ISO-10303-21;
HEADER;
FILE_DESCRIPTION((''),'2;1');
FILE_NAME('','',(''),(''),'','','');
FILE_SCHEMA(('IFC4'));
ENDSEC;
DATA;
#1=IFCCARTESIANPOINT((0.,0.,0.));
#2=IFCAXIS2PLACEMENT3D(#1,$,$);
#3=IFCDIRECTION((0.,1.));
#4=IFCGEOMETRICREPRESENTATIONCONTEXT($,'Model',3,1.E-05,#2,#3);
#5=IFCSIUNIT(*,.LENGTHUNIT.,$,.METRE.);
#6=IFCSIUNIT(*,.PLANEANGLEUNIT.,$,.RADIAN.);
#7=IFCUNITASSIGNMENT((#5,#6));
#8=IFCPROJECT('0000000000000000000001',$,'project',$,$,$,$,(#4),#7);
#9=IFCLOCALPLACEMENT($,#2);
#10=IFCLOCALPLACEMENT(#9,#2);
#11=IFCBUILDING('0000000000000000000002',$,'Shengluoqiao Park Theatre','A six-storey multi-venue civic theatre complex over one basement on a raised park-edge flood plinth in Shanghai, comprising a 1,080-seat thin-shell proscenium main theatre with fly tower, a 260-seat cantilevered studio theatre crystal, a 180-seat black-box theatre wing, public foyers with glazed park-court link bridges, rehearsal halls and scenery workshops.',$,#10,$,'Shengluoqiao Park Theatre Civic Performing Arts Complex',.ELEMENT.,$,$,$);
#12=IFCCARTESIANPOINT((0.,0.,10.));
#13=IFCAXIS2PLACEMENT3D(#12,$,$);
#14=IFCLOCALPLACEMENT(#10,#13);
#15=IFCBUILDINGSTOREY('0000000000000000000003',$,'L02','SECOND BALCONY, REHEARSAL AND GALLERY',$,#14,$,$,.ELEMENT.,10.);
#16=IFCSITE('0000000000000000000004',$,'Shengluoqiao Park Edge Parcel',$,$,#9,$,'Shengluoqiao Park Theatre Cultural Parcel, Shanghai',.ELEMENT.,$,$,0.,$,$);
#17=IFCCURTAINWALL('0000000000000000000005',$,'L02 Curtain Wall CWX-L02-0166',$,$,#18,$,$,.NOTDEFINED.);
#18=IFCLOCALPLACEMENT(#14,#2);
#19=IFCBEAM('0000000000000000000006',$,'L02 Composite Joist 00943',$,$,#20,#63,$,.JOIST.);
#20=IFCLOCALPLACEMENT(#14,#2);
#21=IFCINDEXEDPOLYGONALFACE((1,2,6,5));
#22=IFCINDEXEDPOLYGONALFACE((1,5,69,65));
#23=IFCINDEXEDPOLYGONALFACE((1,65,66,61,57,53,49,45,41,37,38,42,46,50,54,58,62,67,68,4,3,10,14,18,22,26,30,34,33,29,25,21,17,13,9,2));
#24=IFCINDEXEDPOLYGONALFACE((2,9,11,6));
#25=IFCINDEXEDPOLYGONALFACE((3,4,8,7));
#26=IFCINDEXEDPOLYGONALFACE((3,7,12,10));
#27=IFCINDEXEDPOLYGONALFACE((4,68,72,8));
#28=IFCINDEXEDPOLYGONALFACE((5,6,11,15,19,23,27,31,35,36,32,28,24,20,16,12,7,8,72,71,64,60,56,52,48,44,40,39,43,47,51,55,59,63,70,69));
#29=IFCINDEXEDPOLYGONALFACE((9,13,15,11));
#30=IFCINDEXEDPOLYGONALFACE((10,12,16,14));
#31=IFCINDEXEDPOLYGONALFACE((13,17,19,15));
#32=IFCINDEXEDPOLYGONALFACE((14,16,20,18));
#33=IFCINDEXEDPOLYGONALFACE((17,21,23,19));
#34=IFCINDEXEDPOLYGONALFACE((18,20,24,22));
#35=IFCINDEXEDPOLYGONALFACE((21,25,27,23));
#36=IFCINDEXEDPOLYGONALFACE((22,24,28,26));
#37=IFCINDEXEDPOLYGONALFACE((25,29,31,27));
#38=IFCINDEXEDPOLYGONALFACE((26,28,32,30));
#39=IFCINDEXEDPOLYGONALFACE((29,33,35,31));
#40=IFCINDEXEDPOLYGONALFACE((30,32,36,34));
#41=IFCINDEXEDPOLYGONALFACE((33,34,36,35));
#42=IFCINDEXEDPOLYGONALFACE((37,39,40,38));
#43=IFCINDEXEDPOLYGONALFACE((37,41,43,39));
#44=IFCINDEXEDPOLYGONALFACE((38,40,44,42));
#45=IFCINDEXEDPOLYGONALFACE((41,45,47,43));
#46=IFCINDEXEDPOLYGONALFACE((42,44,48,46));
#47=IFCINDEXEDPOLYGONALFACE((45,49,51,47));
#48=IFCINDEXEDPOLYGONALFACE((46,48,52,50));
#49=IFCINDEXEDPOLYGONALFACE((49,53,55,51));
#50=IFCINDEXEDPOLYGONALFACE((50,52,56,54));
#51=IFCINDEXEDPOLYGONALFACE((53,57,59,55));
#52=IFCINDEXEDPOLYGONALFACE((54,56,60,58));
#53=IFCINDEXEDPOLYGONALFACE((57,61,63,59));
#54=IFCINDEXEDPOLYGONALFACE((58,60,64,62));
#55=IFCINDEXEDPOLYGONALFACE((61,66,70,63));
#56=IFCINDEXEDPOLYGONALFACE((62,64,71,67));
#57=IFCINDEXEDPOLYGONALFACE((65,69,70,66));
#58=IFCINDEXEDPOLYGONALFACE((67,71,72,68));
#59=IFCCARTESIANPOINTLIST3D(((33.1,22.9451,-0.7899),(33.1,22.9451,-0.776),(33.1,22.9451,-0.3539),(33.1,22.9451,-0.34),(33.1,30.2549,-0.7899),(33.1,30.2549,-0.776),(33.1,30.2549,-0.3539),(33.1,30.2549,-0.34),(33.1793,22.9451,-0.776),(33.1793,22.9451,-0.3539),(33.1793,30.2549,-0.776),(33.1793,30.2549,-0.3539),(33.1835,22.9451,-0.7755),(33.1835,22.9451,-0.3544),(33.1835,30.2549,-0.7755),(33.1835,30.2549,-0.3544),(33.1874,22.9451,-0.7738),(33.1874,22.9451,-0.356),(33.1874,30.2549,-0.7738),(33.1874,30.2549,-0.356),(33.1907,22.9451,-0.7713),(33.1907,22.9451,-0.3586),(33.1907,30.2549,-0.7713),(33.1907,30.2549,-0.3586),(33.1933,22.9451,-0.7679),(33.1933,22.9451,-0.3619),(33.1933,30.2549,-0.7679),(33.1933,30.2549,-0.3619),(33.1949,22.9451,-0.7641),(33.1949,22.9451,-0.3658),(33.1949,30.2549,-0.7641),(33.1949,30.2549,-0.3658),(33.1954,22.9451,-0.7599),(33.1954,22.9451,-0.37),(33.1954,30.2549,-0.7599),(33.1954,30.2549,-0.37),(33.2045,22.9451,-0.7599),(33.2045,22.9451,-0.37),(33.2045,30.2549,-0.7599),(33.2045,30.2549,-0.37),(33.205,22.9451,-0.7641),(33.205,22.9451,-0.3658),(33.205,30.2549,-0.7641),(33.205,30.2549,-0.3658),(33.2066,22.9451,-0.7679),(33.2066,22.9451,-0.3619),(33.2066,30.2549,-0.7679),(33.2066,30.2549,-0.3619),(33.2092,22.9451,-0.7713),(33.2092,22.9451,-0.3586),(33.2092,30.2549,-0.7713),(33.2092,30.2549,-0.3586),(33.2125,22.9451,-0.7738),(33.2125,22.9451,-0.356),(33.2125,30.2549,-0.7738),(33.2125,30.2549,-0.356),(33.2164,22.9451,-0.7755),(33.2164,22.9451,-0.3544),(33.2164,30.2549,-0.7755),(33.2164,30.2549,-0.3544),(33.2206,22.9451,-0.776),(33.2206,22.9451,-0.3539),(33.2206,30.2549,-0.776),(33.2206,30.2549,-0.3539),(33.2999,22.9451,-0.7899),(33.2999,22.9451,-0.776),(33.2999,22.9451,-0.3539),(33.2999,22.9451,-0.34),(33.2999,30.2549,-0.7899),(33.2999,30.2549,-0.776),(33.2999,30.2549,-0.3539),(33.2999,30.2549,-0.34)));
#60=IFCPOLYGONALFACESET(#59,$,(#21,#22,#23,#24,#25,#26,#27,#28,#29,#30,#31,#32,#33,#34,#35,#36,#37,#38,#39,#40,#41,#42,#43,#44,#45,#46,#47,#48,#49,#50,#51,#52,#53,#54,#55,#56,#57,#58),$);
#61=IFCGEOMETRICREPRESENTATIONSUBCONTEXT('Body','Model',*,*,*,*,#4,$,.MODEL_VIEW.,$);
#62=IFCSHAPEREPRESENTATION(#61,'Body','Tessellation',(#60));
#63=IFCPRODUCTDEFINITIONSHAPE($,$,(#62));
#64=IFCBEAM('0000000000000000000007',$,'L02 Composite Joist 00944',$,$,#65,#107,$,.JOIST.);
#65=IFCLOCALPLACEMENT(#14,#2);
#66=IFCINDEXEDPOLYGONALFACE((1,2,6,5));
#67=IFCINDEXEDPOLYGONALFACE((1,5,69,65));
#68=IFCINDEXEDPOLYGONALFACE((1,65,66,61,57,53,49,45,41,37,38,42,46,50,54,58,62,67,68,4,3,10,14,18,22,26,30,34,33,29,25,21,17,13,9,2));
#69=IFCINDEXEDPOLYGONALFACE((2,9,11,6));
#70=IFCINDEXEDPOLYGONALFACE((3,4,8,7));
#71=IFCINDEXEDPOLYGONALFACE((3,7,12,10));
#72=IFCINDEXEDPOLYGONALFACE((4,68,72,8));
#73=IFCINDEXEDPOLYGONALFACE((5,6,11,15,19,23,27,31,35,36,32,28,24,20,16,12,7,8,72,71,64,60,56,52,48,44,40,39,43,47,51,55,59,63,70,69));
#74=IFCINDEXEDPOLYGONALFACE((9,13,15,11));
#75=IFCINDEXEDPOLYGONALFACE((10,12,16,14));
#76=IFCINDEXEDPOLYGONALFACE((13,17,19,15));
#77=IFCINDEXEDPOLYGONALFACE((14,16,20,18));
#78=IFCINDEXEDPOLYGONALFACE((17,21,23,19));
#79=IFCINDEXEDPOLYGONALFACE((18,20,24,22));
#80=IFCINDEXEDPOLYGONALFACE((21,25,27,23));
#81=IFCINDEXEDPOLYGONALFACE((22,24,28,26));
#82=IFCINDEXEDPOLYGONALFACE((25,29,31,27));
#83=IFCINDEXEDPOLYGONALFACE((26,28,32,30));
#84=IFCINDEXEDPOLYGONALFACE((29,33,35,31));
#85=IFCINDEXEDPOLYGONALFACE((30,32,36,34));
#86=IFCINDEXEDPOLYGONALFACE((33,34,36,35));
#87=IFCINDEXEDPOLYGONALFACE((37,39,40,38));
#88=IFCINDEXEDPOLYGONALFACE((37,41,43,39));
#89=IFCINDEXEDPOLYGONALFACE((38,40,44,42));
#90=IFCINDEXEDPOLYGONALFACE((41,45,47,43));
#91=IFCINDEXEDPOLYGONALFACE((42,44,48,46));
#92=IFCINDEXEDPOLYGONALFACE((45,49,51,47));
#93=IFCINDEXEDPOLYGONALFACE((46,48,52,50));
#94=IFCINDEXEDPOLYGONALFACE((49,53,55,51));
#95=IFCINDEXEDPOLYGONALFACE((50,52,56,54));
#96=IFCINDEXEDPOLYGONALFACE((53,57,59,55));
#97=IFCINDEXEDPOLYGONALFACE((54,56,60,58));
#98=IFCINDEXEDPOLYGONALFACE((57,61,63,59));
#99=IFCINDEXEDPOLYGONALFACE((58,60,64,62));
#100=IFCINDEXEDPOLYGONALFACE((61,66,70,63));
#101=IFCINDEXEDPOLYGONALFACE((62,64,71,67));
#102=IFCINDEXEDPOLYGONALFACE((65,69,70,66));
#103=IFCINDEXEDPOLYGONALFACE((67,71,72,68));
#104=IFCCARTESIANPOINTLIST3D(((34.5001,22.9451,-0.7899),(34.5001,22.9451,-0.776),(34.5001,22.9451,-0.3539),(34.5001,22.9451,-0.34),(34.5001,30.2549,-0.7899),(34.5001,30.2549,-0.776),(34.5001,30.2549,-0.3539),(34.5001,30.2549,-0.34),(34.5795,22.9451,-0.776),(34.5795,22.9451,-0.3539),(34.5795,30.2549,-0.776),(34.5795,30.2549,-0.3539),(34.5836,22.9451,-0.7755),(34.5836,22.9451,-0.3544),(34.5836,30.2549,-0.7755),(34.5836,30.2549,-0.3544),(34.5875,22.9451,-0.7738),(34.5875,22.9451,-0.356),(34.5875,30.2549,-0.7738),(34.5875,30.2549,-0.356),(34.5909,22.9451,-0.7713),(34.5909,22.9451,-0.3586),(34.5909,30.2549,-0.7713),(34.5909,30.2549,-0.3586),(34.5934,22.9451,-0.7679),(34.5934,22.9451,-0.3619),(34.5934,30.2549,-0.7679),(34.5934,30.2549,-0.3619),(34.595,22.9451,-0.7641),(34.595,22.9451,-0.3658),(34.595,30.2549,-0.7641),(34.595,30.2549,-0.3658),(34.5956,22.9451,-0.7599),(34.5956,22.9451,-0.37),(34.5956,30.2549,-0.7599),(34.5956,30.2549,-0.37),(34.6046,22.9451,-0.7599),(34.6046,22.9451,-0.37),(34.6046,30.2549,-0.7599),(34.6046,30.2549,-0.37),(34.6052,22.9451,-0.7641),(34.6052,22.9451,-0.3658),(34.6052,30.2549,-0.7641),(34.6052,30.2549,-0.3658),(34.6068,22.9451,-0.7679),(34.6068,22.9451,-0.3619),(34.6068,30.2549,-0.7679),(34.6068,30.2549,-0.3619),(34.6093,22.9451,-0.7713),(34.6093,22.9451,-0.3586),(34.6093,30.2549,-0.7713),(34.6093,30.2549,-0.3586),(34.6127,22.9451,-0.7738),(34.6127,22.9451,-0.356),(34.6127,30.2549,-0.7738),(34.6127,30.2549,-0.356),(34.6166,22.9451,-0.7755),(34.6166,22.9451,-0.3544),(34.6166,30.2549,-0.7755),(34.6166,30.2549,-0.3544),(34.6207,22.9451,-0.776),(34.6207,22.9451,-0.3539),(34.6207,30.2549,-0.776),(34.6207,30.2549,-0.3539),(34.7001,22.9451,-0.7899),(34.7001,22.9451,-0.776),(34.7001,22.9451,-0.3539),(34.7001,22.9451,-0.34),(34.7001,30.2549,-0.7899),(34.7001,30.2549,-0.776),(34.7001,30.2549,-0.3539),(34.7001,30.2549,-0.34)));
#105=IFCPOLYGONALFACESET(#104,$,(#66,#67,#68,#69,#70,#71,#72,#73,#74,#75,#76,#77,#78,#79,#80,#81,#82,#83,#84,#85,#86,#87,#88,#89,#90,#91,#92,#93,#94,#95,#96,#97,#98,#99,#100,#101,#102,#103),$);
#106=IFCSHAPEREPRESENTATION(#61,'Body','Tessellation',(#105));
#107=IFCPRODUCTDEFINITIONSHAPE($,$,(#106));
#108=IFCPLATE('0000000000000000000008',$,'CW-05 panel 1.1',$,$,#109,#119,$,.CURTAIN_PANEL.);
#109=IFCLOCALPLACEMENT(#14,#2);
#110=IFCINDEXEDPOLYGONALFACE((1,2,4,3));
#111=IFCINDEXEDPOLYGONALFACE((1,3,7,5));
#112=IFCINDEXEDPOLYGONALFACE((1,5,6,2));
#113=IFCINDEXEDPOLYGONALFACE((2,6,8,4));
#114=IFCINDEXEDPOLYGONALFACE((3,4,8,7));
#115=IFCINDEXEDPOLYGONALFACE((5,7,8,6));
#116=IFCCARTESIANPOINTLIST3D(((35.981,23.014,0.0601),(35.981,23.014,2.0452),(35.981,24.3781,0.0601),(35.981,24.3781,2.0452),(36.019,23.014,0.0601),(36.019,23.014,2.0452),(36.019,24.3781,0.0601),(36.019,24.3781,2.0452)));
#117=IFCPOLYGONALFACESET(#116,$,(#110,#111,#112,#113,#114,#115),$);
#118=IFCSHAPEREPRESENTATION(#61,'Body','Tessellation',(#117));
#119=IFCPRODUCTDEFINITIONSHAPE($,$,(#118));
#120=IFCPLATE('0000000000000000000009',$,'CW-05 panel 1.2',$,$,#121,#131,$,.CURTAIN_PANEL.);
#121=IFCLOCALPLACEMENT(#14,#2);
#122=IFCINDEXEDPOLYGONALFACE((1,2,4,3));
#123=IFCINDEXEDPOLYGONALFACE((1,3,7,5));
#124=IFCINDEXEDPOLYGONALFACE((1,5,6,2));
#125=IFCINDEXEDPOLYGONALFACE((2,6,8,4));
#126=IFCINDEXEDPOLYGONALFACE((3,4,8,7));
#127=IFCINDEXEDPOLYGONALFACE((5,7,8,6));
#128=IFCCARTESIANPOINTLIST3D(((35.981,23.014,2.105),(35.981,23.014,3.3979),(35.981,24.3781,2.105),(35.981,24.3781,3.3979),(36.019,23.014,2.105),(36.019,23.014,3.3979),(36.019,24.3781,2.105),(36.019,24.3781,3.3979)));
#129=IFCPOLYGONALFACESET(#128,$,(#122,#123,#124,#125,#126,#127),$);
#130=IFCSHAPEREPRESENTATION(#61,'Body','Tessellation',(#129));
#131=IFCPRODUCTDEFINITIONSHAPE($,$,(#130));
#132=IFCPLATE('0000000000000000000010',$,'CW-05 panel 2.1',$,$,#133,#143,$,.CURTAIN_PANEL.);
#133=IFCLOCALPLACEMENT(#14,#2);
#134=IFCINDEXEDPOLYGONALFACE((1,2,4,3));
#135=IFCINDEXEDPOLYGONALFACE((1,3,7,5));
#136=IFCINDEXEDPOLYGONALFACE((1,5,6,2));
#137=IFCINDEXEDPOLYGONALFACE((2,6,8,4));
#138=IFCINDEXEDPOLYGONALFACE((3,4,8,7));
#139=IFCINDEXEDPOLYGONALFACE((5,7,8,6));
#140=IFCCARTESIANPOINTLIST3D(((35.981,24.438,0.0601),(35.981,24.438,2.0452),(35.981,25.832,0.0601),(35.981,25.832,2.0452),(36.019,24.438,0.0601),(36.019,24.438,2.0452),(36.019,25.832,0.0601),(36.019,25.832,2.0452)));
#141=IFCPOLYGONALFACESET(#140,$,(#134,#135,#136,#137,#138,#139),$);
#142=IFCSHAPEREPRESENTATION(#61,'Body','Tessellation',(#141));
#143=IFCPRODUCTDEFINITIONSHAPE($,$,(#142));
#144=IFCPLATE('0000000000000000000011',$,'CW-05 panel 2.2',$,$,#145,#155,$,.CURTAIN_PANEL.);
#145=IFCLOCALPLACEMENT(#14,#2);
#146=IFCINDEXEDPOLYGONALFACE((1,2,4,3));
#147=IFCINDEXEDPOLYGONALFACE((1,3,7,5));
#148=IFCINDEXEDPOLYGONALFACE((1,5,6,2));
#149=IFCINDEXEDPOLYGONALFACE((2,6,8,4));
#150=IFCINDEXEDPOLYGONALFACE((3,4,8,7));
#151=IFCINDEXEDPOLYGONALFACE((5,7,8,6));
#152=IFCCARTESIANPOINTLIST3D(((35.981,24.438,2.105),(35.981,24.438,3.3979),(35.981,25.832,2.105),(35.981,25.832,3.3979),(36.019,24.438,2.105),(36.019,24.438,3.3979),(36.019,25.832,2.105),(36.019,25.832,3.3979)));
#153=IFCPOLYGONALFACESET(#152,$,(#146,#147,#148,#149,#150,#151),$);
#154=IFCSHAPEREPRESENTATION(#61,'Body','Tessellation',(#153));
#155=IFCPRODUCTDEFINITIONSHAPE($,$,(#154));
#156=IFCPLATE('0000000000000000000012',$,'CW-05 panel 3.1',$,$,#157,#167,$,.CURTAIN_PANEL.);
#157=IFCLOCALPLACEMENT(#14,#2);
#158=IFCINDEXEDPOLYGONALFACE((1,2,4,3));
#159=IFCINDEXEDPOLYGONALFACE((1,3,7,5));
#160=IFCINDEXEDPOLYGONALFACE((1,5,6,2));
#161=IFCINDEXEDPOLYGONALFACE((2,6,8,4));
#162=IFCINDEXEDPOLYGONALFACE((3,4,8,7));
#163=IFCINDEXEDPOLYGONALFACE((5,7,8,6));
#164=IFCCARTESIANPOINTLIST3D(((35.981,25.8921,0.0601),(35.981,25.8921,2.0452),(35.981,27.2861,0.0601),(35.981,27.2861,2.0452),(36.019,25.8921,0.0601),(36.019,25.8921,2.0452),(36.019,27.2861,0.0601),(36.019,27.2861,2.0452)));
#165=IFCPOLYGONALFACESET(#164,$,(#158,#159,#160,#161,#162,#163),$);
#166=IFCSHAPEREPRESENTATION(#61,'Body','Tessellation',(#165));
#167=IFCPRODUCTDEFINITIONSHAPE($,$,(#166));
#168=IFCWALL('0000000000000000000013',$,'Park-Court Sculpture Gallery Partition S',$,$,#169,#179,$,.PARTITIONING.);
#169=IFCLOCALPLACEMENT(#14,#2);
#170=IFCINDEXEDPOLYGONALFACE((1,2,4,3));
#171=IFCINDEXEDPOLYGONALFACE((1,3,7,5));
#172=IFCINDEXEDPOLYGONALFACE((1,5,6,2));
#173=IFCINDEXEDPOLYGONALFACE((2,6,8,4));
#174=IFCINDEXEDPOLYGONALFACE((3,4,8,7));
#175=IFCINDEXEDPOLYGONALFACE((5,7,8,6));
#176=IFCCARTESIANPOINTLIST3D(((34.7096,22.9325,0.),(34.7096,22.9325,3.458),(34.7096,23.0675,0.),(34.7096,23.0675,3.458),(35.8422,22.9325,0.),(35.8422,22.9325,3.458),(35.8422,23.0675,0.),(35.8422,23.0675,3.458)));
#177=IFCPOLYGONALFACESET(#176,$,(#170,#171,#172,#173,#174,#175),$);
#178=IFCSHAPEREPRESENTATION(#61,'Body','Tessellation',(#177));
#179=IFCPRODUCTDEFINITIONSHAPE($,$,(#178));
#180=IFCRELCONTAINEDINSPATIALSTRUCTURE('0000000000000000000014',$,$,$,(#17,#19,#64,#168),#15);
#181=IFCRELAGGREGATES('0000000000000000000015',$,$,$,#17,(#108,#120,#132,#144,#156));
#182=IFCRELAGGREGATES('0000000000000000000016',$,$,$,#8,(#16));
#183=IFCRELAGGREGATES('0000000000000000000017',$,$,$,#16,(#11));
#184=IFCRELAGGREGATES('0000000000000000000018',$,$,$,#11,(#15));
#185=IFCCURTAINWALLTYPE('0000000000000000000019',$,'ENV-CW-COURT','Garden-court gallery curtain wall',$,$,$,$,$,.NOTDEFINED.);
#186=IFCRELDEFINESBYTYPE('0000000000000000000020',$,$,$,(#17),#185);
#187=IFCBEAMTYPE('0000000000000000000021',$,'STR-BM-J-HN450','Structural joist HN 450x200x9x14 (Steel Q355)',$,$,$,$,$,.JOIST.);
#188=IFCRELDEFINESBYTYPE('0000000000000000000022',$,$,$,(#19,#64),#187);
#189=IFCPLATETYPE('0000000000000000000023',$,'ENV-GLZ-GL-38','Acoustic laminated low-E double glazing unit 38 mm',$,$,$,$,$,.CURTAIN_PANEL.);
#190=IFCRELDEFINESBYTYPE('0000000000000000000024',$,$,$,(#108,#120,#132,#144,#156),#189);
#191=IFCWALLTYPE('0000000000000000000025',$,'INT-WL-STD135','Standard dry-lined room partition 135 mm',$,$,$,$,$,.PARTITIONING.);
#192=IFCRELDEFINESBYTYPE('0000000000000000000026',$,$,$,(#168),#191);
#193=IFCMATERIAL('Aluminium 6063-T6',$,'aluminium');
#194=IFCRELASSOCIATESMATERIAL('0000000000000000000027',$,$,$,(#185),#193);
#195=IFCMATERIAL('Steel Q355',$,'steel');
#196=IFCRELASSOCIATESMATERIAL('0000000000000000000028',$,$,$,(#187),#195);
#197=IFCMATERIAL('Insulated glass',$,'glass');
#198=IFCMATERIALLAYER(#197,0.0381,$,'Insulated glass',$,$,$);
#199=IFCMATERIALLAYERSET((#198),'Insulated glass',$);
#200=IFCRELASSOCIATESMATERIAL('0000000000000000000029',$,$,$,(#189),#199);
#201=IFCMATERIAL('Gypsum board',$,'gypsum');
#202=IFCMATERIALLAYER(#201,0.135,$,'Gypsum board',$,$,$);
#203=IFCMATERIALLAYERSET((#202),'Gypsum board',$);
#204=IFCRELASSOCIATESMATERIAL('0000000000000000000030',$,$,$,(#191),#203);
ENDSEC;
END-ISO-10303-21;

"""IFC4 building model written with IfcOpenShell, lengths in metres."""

from ifc_helpers import new_model, si_unit, direction, frame, frame_2d, origin, origin_2d, place, context, subcontext, project, spatial, rectangle, i_section, extrude, material, layer, layer_set, material_profile, profile_set, type_object, element, aggregate, save


model = new_model("IFC4")

# Units and contexts
model_context = context("Model", 3, precision=1e-05, world=origin(), true_north=direction((0.0, 1.0)))
body_context = subcontext(model_context, "Body", "Model", "MODEL_VIEW")
ifc_project = project(units=[si_unit("LENGTHUNIT", "METRE"), si_unit("PLANEANGLEUNIT", "RADIAN")], contexts=[model_context])

# Site, building, storey
site_placement = place(None, origin())
site = spatial("IfcSite", under=ifc_project, at=site_placement, Name="Shengluoqiao Park Edge Parcel", LongName="Shengluoqiao Park Theatre Cultural Parcel, Shanghai", CompositionType="ELEMENT", RefElevation=0.0)
building_placement = place(site_placement, origin())
building = spatial("IfcBuilding", under=site, at=building_placement, Name="Shengluoqiao Park Theatre", Description="A six-storey multi-venue civic theatre complex over one basement on a raised park-edge flood plinth in Shanghai, comprising a 1,080-seat thin-shell proscenium main theatre with fly tower, a 260-seat cantilevered studio theatre crystal, a 180-seat black-box theatre wing, public foyers with glazed park-court link bridges, rehearsal halls and scenery workshops.", LongName="Shengluoqiao Park Theatre Civic Performing Arts Complex", CompositionType="ELEMENT")
storey_placement = place(building_placement, frame((0.0, 0.0, 10.0)))
storey = spatial("IfcBuildingStorey", under=building, at=storey_placement, Name="L02", Description="SECOND BALCONY, REHEARSAL AND GALLERY", CompositionType="ELEMENT", Elevation=10.0)

# Shared definitions
ifc_material_1 = material(Name="Aluminium 6063-T6", Category="aluminium")

# Curtain wall
curtain_wall_type_1 = type_object("IfcCurtainWallType", Name="ENV-CW-COURT", Description="Garden-court gallery curtain wall", PredefinedType="NOTDEFINED", material=ifc_material_1)
curtain_wall_1_placement = place(storey_placement, origin())
curtain_wall_1 = element("IfcCurtainWall", 1, at=curtain_wall_1_placement, inside=storey, type_object=curtain_wall_type_1, Name="L02 Curtain Wall CWX-L02-0166", PredefinedType="NOTDEFINED")

# Beams
ifc_material_2 = material(Name="Steel Q355", Category="steel")
ifc_material_profile_1 = material_profile(ifc_material_2, i_section(OverallWidth=0.2, OverallDepth=0.45, WebThickness=0.009, FlangeThickness=0.0139, FilletRadius=0.0161, at=origin_2d()), Name="HN 450x200x9x14")
ifc_profile_set_1 = profile_set([ifc_material_profile_1], Name="Steel Q355")
beam_type_1 = type_object("IfcBeamType", Name="STR-BM-J-HN450", Description="Structural joist HN 450x200x9x14 (Steel Q355)", PredefinedType="JOIST", material=ifc_profile_set_1)
for number, where, z_axis, x_axis, name in (
    (2, (33.2, 22.9451, -0.5649), (0.0, 1.0, 0.0), (-1.0, 0.0, 0.0), "L02 Composite Joist 00943"),
    (3, (34.6001, 22.9451, -0.5649), (0.0, 1.0, 0.0), (-1.0, 0.0, 0.0), "L02 Composite Joist 00944"),
):
    element("IfcBeam", number, at=place(storey_placement, frame(where, z_axis=z_axis, x_axis=x_axis)), inside=storey, type_object=beam_type_1, Name=name, PredefinedType="JOIST", context=body_context, shape_type="SweptSolid", body=[
        extrude(i_section(OverallWidth=0.2, OverallDepth=0.45, WebThickness=0.009, FlangeThickness=0.0139, FilletRadius=0.0161, at=origin_2d()), origin(), (0.0, 0.0, 1.0), 7.3098),
    ])

# Plates
ifc_material_3 = material(Name="Insulated glass", Category="glass")
ifc_layer_1 = layer(ifc_material_3, 0.0381, Name="Insulated glass")
ifc_layer_set_1 = layer_set([ifc_layer_1], Name="Insulated glass")
plate_type = type_object("IfcPlateType", Name="ENV-GLZ-GL-38", Description="Acoustic laminated low-E double glazing unit 38 mm", PredefinedType="CURTAIN_PANEL", material=ifc_layer_set_1)
plate_1_placement = place(storey_placement, frame((36.0, 23.696, 0.0601), z_axis=(0.0, 0.0, 1.0), x_axis=(0.0, 1.0, 0.0)))
plate_1 = element("IfcPlate", 4, at=plate_1_placement, type_object=plate_type, Name="CW-05 panel 1.1", PredefinedType="CURTAIN_PANEL", context=body_context, shape_type="SweptSolid", body=[
    extrude(rectangle(XDim=1.364, YDim=0.0381, at=origin_2d()), origin(), (0.0, 0.0, 1.0), 1.9851),
])
plate_2_placement = place(storey_placement, frame((36.0, 23.696, 2.105), z_axis=(0.0, 0.0, 1.0), x_axis=(0.0, 1.0, 0.0)))
plate_2 = element("IfcPlate", 5, at=plate_2_placement, type_object=plate_type, Name="CW-05 panel 1.2", PredefinedType="CURTAIN_PANEL", context=body_context, shape_type="SweptSolid", body=[
    extrude(rectangle(XDim=1.364, YDim=0.0381, at=origin_2d()), origin(), (0.0, 0.0, 1.0), 1.293),
])
plate_3_placement = place(storey_placement, frame((36.0, 25.135, 0.0601), z_axis=(0.0, 0.0, 1.0), x_axis=(0.0, 1.0, 0.0)))
plate_3 = element("IfcPlate", 6, at=plate_3_placement, type_object=plate_type, Name="CW-05 panel 2.1", PredefinedType="CURTAIN_PANEL", context=body_context, shape_type="SweptSolid", body=[
    extrude(rectangle(XDim=1.394, YDim=0.0381, at=origin_2d()), origin(), (0.0, 0.0, 1.0), 1.9851),
])
plate_4_placement = place(storey_placement, frame((36.0, 25.135, 2.105), z_axis=(0.0, 0.0, 1.0), x_axis=(0.0, 1.0, 0.0)))
plate_4 = element("IfcPlate", 7, at=plate_4_placement, type_object=plate_type, Name="CW-05 panel 2.2", PredefinedType="CURTAIN_PANEL", context=body_context, shape_type="SweptSolid", body=[
    extrude(rectangle(XDim=1.394, YDim=0.0381, at=origin_2d()), origin(), (0.0, 0.0, 1.0), 1.293),
])
plate_5_placement = place(storey_placement, frame((36.0, 26.5891, 0.0601), z_axis=(0.0, 0.0, 1.0), x_axis=(0.0, 1.0, 0.0)))
plate_5 = element("IfcPlate", 8, at=plate_5_placement, type_object=plate_type, Name="CW-05 panel 3.1", PredefinedType="CURTAIN_PANEL", context=body_context, shape_type="SweptSolid", body=[
    extrude(rectangle(XDim=1.394, YDim=0.0381, at=origin_2d()), origin(), (0.0, 0.0, 1.0), 1.9851),
])
aggregate(curtain_wall_1, [plate_1, plate_2, plate_3, plate_4, plate_5])

# Wall
ifc_material_4 = material(Name="Gypsum board", Category="gypsum")
ifc_layer_2 = layer(ifc_material_4, 0.135, Name="Gypsum board")
ifc_layer_set_2 = layer_set([ifc_layer_2], Name="Gypsum board")
wall_type = type_object("IfcWallType", Name="INT-WL-STD135", Description="Standard dry-lined room partition 135 mm", PredefinedType="PARTITIONING", material=ifc_layer_set_2)
wall_placement = place(storey_placement, frame((34.7095, 23.0, 0.0), z_axis=(0.0, 0.0, 1.0), x_axis=(1.0, 0.0, 0.0)))
element("IfcWall", 9, at=wall_placement, inside=storey, type_object=wall_type, Name="Park-Court Sculpture Gallery Partition S", PredefinedType="PARTITIONING", context=body_context, shape_type="SweptSolid", body=[
    extrude(rectangle(XDim=1.1326, YDim=0.135, at=frame_2d((0.5664, 0.0))), origin(), (0.0, 0.0, 1.0), 3.458),
])

save(model, "model.ifc")
